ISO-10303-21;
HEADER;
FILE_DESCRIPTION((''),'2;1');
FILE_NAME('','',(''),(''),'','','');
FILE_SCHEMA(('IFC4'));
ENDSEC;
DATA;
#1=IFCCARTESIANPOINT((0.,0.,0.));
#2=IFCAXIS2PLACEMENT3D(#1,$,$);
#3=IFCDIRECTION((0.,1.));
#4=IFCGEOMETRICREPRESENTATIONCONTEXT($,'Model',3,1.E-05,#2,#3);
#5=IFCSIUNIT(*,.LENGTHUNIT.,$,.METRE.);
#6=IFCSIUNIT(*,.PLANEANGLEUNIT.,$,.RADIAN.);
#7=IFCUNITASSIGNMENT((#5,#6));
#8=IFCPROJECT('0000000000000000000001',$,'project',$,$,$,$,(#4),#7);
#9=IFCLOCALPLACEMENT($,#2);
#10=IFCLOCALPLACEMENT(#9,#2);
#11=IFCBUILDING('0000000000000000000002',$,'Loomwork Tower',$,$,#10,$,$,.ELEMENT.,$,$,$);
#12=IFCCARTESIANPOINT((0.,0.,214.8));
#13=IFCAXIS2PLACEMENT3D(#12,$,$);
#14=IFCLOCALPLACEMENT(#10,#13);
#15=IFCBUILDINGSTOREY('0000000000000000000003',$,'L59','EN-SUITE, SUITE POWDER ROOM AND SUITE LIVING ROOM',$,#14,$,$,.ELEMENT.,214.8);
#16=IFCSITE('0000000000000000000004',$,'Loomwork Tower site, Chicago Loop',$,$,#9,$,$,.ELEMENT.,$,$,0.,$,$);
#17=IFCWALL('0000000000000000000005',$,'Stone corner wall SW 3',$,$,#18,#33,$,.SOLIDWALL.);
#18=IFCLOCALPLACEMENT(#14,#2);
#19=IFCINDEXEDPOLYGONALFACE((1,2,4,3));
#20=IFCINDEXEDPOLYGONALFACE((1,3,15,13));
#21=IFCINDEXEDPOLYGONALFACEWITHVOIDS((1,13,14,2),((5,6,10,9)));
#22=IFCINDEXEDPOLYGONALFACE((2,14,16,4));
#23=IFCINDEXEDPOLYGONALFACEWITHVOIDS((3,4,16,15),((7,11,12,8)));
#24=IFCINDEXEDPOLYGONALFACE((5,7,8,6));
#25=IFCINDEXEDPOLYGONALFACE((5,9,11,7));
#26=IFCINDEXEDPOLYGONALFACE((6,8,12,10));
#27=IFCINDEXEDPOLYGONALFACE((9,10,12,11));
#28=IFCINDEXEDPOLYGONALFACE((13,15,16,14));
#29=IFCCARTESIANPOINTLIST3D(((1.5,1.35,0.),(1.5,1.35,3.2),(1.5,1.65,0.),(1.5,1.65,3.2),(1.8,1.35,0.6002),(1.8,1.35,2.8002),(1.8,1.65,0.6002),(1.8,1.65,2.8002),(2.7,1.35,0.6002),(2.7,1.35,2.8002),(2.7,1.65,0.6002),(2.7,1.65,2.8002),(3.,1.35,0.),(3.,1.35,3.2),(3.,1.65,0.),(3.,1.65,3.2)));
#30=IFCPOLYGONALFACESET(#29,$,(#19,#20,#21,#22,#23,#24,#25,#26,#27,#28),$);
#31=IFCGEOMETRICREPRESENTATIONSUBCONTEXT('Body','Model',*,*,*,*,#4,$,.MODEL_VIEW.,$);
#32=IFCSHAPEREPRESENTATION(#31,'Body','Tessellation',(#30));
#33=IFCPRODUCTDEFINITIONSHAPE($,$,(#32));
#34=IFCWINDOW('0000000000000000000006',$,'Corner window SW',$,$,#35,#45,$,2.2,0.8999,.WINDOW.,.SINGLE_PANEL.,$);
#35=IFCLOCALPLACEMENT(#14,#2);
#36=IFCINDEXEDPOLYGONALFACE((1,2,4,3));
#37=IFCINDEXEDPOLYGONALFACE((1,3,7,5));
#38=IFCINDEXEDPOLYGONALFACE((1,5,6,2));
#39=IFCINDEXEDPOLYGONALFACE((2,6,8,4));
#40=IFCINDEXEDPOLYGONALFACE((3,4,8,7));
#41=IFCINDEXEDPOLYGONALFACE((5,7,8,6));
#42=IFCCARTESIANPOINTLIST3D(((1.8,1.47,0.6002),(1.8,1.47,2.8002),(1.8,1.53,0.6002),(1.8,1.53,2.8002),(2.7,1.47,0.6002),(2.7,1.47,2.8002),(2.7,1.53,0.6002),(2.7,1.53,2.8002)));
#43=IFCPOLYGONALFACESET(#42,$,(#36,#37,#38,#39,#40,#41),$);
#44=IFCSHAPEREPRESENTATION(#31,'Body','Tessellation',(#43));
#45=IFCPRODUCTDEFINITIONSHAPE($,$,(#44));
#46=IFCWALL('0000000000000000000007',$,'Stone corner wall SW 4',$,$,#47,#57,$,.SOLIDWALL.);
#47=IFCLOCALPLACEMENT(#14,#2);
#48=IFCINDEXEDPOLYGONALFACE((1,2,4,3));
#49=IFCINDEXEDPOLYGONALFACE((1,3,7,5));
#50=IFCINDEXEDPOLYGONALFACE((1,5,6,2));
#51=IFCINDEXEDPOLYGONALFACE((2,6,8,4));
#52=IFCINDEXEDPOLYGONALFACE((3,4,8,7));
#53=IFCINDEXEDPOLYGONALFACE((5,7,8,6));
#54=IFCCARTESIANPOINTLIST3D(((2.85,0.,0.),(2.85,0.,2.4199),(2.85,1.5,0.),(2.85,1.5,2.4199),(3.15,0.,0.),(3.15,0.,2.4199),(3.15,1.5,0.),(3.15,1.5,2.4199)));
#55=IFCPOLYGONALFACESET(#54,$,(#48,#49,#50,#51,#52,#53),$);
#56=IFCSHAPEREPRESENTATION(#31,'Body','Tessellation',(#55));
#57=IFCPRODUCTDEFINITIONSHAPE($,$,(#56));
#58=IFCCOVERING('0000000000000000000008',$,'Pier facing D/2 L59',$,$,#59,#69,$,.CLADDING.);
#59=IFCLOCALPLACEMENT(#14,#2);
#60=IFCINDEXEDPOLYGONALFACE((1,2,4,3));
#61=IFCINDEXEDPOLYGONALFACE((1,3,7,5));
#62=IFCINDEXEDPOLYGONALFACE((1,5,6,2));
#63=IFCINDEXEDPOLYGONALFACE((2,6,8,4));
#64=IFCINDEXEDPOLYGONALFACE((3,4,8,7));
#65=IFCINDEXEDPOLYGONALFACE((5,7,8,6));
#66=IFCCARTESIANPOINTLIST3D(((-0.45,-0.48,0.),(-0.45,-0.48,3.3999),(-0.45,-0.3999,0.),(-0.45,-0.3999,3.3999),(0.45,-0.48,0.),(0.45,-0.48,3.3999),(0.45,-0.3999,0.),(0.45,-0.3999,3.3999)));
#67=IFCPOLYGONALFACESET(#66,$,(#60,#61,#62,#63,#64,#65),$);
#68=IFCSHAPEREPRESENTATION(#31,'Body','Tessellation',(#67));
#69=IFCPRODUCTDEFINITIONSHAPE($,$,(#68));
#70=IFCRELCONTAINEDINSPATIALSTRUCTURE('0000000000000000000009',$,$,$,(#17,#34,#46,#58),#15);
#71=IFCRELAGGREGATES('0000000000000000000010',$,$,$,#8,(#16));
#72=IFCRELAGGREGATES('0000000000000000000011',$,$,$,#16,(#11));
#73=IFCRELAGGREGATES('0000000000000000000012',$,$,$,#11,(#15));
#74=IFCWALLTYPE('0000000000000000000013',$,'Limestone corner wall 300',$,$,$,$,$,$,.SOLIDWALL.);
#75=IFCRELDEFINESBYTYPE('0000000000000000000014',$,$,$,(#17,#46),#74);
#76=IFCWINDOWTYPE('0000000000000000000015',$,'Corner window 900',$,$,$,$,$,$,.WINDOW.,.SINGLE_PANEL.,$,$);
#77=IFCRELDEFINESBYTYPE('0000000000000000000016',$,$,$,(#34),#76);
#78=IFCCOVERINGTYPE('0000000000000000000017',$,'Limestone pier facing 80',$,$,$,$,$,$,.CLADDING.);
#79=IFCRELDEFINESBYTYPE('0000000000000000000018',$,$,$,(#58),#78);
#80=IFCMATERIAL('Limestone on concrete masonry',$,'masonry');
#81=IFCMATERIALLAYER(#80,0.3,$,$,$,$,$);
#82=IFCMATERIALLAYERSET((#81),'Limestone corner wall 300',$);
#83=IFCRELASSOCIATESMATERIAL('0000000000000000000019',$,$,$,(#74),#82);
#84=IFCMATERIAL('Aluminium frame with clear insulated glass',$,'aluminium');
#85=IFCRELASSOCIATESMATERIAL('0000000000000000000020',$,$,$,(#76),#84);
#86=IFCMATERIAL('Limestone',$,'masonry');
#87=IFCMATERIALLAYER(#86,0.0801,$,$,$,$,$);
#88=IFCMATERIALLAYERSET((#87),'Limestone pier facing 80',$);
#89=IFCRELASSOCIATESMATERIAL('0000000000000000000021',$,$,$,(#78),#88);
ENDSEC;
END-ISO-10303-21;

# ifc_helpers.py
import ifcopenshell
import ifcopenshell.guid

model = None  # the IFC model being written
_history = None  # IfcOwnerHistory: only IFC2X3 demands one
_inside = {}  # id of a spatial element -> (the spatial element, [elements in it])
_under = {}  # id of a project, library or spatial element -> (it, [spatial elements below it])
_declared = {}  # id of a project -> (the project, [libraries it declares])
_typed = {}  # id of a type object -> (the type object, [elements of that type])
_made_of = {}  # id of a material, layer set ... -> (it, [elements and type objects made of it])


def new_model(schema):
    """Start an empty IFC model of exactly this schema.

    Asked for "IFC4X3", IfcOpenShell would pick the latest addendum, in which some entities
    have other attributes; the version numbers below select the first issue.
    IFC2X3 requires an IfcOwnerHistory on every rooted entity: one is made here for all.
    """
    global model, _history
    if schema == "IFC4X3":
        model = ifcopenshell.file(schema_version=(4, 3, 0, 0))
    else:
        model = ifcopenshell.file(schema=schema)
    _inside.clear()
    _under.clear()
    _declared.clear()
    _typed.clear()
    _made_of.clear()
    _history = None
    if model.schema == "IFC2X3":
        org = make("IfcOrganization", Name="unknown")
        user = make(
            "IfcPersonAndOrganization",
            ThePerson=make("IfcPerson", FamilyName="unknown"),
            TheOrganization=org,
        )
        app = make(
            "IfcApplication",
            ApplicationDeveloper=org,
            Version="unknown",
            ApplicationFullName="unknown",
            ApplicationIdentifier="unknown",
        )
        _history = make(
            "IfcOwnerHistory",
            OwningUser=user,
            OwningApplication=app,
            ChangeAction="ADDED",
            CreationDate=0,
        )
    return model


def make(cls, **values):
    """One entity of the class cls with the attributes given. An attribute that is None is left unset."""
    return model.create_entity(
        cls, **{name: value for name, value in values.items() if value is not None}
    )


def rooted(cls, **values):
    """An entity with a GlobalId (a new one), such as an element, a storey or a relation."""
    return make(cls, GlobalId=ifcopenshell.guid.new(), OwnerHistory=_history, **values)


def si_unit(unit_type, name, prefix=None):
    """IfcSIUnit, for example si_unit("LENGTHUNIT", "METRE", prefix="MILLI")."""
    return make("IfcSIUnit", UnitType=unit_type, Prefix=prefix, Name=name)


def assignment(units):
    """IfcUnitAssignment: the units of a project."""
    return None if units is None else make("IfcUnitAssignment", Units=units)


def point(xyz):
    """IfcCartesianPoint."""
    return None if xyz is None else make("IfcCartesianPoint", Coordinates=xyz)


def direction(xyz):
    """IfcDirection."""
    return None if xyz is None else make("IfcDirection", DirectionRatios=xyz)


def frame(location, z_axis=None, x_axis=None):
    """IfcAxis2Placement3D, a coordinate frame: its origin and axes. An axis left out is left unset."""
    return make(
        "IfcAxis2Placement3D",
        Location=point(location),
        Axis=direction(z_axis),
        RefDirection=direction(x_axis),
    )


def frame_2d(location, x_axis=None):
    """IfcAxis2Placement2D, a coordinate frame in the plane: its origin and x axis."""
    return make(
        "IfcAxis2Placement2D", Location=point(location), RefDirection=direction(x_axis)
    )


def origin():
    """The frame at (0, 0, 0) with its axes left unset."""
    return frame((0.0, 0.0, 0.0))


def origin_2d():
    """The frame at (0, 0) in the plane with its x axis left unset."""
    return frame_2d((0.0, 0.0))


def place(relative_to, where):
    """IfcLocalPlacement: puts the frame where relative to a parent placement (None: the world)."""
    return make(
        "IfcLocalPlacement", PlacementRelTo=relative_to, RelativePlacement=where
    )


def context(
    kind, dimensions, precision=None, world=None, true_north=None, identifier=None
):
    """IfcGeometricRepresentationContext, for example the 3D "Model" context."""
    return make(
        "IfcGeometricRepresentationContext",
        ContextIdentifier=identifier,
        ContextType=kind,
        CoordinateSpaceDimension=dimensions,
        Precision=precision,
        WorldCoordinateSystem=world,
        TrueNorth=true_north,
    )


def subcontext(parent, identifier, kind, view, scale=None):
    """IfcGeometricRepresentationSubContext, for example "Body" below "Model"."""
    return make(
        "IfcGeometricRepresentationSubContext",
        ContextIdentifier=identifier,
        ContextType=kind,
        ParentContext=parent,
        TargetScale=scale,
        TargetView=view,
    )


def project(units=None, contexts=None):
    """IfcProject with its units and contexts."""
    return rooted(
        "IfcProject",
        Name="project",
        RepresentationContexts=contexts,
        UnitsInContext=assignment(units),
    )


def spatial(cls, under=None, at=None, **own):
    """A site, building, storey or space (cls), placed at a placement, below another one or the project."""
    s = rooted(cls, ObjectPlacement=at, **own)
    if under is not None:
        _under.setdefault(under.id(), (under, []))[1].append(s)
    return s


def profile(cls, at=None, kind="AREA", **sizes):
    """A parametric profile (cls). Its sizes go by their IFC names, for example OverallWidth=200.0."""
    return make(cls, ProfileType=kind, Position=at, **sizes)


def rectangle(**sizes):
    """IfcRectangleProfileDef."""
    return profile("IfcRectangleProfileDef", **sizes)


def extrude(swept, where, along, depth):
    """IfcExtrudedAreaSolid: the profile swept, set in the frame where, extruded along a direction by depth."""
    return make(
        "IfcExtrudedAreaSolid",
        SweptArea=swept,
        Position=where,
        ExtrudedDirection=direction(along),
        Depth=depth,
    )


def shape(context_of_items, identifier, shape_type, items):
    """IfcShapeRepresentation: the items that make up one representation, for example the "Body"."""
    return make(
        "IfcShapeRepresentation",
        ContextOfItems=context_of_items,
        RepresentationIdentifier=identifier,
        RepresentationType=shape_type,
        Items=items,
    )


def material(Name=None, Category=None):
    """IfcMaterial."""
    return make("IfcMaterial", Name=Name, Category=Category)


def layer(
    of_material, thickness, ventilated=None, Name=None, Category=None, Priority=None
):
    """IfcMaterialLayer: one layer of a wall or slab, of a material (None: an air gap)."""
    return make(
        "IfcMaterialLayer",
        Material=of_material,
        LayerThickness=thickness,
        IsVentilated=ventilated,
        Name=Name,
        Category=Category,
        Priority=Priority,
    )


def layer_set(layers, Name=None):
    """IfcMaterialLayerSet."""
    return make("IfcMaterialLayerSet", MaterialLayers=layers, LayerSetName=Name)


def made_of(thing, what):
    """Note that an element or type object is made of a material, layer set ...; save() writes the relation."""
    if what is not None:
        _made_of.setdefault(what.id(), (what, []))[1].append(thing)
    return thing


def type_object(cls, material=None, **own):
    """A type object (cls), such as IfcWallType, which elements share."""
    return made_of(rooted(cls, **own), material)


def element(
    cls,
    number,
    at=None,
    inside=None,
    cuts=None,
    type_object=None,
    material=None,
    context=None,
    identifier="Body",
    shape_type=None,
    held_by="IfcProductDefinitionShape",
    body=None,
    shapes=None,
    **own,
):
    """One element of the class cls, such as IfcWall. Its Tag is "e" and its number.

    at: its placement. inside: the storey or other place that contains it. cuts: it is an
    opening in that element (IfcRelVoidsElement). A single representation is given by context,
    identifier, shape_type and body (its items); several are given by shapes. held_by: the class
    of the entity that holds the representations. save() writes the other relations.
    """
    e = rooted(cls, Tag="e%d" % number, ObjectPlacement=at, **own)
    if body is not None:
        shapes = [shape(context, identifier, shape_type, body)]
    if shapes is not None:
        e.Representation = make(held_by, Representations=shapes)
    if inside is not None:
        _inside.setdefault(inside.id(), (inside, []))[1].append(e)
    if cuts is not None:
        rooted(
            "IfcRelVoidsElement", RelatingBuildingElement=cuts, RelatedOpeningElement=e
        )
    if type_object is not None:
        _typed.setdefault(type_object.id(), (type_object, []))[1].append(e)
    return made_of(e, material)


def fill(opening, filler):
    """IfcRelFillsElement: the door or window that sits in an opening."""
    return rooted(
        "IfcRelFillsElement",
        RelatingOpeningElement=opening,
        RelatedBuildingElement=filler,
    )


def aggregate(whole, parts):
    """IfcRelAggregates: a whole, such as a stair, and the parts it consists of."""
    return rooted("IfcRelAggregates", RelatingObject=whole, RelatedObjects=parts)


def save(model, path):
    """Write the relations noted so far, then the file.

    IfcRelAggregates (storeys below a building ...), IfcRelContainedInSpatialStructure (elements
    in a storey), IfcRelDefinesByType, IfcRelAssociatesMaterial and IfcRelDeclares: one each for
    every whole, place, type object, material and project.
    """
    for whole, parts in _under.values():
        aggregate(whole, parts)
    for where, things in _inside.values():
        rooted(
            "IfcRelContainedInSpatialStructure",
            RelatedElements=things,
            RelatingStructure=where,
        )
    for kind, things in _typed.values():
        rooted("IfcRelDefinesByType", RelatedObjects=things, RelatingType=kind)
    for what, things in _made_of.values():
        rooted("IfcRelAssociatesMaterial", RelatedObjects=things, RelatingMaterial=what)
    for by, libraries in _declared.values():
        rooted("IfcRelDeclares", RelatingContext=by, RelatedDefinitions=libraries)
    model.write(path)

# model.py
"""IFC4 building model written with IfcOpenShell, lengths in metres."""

from ifc_helpers import new_model, si_unit, direction, frame, frame_2d, origin, origin_2d, place, context, subcontext, project, spatial, rectangle, extrude, material, layer, layer_set, type_object, element, fill, save


model = new_model("IFC4")

# Units and contexts
model_context = context("Model", 3, precision=1e-05, world=origin(), true_north=direction((0.0, 1.0)))
body_context = subcontext(model_context, "Body", "Model", "MODEL_VIEW")
ifc_project = project(units=[si_unit("LENGTHUNIT", "METRE"), si_unit("PLANEANGLEUNIT", "RADIAN")], contexts=[model_context])

# Site, building, storey
site_placement = place(None, origin())
site = spatial("IfcSite", under=ifc_project, at=site_placement, Name="Loomwork Tower site, Chicago Loop", CompositionType="ELEMENT", RefElevation=0.0)
building_placement = place(site_placement, origin())
building = spatial("IfcBuilding", under=site, at=building_placement, Name="Loomwork Tower", CompositionType="ELEMENT")
storey_placement = place(building_placement, frame((0.0, 0.0, 214.8)))
storey = spatial("IfcBuildingStorey", under=building, at=storey_placement, Name="L59", Description="EN-SUITE, SUITE POWDER ROOM AND SUITE LIVING ROOM", CompositionType="ELEMENT", Elevation=214.8)

# Wall, opening, window
ifc_material_1 = material(Name="Limestone on concrete masonry", Category="masonry")
ifc_layer_1 = layer(ifc_material_1, 0.3)
ifc_layer_set_1 = layer_set([ifc_layer_1], Name="Limestone corner wall 300")
wall_type_1 = type_object("IfcWallType", Name="Limestone corner wall 300", PredefinedType="SOLIDWALL", material=ifc_layer_set_1)
wall_1_placement = place(storey_placement, frame((1.5, 1.5, 0.0), z_axis=(0.0, 0.0, 1.0), x_axis=(1.0, 0.0, 0.0)))
wall_1 = element("IfcWall", 1, at=wall_1_placement, inside=storey, type_object=wall_type_1, Name="Stone corner wall SW 3", PredefinedType="SOLIDWALL", context=body_context, shape_type="SweptSolid", body=[
    extrude(rectangle(XDim=1.5, YDim=0.3, at=frame_2d((0.75, 0.0))), origin(), (0.0, 0.0, 1.0), 3.2),
])
opening_1_placement = place(wall_1_placement, frame((0.3, 0.0, 0.6001)))
opening_1 = element("IfcOpeningElement", 2, at=opening_1_placement, cuts=wall_1, PredefinedType="OPENING", context=body_context, shape_type="SweptSolid", body=[
    extrude(rectangle(XDim=0.8999, YDim=2.2, at=frame_2d((0.45, 1.1001))), frame((0.0, 0.1599, 0.0), z_axis=(0.0, -1.0, 0.0), x_axis=(1.0, 0.0, 0.0)), (0.0, 0.0, 1.0), 0.3201),
])
ifc_material_2 = material(Name="Aluminium frame with clear insulated glass", Category="aluminium")
window_type_1 = type_object("IfcWindowType", Name="Corner window 900", PartitioningType="SINGLE_PANEL", PredefinedType="WINDOW", material=ifc_material_2)
window_1_placement = place(opening_1_placement, origin())
window_1 = element("IfcWindow", 3, at=window_1_placement, inside=storey, type_object=window_type_1, Name="Corner window SW", OverallHeight=2.2, OverallWidth=0.8999, PartitioningType="SINGLE_PANEL", PredefinedType="WINDOW", context=body_context, shape_type="SweptSolid", body=[
    extrude(rectangle(XDim=0.8999, YDim=2.2, at=frame_2d((0.45, 1.1001))), frame((0.0, 0.03, 0.0), z_axis=(0.0, -1.0, 0.0), x_axis=(1.0, 0.0, 0.0)), (0.0, 0.0, 1.0), 0.0601),
])
fill(opening_1, window_1)

# Wall
wall_2_placement = place(storey_placement, frame((3.0, 1.5, 0.0), z_axis=(0.0, 0.0, 1.0), x_axis=(0.0, -1.0, 0.0)))
element("IfcWall", 4, at=wall_2_placement, inside=storey, type_object=wall_type_1, Name="Stone corner wall SW 4", PredefinedType="SOLIDWALL", context=body_context, shape_type="SweptSolid", body=[
    extrude(rectangle(XDim=1.5, YDim=0.3, at=frame_2d((0.75, 0.0))), origin(), (0.0, 0.0, 1.0), 2.4199),
])

# Covering
ifc_material_3 = material(Name="Limestone", Category="masonry")
ifc_layer_2 = layer(ifc_material_3, 0.0801)
ifc_layer_set_2 = layer_set([ifc_layer_2], Name="Limestone pier facing 80")
covering_type = type_object("IfcCoveringType", Name="Limestone pier facing 80", PredefinedType="CLADDING", material=ifc_layer_set_2)
covering_placement = place(storey_placement, frame((0.0, -0.4399, 0.0), z_axis=(0.0, 0.0, 1.0), x_axis=(1.0, 0.0, 0.0)))
element("IfcCovering", 5, at=covering_placement, inside=storey, type_object=covering_type, Name="Pier facing D/2 L59", PredefinedType="CLADDING", context=body_context, shape_type="SweptSolid", body=[
    extrude(rectangle(XDim=0.8999, YDim=0.0801, at=origin_2d()), origin(), (0.0, 0.0, 1.0), 3.3999),
])

save(model, "model.ifc")
